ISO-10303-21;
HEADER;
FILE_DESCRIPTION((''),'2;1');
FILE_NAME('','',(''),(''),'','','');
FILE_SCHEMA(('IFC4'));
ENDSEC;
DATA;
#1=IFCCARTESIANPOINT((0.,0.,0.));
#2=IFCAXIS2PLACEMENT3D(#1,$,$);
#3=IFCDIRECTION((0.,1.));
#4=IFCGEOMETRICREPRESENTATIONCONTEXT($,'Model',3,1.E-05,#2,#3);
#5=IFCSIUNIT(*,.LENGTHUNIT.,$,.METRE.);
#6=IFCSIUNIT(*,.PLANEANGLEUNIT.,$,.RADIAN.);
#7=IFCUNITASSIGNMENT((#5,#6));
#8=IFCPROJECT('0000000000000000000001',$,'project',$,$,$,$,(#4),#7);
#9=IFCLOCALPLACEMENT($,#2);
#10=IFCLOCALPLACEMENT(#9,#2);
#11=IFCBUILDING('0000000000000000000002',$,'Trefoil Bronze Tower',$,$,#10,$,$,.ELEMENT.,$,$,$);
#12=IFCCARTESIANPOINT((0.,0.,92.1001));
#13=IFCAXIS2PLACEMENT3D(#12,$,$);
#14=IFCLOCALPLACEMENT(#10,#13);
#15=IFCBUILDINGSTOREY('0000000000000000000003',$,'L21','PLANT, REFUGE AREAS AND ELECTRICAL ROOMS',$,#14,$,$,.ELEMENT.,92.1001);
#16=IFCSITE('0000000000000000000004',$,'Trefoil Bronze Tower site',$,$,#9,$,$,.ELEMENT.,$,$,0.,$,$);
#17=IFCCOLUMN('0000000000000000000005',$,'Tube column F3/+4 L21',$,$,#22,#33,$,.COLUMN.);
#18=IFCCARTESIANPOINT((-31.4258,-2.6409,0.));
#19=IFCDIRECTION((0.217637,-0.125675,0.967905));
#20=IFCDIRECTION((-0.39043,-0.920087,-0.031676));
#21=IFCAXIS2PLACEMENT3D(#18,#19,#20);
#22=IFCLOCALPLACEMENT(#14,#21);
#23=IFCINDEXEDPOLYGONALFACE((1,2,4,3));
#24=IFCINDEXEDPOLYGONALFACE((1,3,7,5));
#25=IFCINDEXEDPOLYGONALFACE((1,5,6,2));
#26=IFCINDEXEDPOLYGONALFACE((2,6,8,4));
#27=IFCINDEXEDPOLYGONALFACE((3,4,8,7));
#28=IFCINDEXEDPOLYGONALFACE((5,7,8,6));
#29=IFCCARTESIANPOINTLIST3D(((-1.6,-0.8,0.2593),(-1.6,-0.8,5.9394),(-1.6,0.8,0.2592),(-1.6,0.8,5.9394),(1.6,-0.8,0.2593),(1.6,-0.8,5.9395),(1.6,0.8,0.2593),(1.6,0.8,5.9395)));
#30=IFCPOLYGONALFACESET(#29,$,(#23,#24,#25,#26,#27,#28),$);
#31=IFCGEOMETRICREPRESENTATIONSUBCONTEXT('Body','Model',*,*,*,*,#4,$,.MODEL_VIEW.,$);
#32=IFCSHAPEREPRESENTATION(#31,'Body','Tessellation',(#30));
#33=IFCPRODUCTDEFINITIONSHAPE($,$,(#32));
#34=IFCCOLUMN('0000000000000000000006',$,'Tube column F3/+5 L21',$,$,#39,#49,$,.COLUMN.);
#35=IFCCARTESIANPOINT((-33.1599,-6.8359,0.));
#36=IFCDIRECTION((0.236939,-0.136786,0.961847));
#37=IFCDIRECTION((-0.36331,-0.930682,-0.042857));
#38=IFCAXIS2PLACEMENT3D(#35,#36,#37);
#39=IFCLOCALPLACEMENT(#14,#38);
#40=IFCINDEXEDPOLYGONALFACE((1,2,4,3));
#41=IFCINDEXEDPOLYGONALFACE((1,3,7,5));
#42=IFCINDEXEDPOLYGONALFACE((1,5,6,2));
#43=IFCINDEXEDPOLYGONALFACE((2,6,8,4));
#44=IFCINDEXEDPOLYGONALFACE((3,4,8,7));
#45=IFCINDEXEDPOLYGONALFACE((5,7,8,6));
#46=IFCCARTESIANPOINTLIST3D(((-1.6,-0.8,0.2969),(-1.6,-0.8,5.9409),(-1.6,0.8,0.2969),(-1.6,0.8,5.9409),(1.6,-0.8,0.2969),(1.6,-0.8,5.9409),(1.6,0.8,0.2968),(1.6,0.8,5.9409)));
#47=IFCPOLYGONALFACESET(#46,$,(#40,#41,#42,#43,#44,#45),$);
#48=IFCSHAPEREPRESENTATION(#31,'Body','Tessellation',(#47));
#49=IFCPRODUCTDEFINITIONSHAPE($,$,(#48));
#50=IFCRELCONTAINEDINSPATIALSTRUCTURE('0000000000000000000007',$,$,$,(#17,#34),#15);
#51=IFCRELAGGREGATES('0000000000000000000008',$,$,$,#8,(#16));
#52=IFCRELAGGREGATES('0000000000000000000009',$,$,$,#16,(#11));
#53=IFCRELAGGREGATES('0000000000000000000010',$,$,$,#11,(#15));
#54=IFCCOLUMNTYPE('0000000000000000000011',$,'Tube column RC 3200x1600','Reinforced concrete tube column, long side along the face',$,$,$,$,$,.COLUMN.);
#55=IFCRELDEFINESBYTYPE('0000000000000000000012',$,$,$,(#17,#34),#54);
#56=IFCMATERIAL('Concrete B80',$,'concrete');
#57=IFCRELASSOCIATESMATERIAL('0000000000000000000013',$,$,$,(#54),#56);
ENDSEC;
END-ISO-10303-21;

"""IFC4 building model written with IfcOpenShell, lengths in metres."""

from ifc_helpers import new_model, si_unit, direction, frame, origin, origin_2d, place, context, subcontext, project, spatial, rectangle, extrude, clip, halfspace, material, material_profile, profile_set, type_object, element, save


model = new_model("IFC4")

# Units and contexts
model_context = context("Model", 3, precision=1e-05, world=origin(), true_north=direction((0.0, 1.0)))
body_context = subcontext(model_context, "Body", "Model", "MODEL_VIEW")
ifc_project = project(units=[si_unit("LENGTHUNIT", "METRE"), si_unit("PLANEANGLEUNIT", "RADIAN")], contexts=[model_context])

# Site, building, storey
site_placement = place(None, origin())
site = spatial("IfcSite", under=ifc_project, at=site_placement, Name="Trefoil Bronze Tower site", CompositionType="ELEMENT", RefElevation=0.0)
building_placement = place(site_placement, origin())
building = spatial("IfcBuilding", under=site, at=building_placement, Name="Trefoil Bronze Tower", CompositionType="ELEMENT")
storey_placement = place(building_placement, frame((0.0, 0.0, 92.1001)))
storey = spatial("IfcBuildingStorey", under=building, at=storey_placement, Name="L21", Description="PLANT, REFUGE AREAS AND ELECTRICAL ROOMS", CompositionType="ELEMENT", Elevation=92.1001)

# Columns
ifc_material_1 = material(Name="Concrete B80", Category="concrete")
ifc_material_profile_1 = material_profile(ifc_material_1, rectangle(XDim=3.2, YDim=1.6001, at=origin_2d()), Name="RC 3200x1600")
ifc_profile_set_1 = profile_set([ifc_material_profile_1], Name="Concrete B80")
column_type = type_object("IfcColumnType", Name="Tube column RC 3200x1600", Description="Reinforced concrete tube column, long side along the face", PredefinedType="COLUMN", material=ifc_profile_set_1)
column_1_placement = place(storey_placement, frame((-31.4258, -2.6409, 0.0), z_axis=(0.217637, -0.125675, 0.967905), x_axis=(-0.39043, -0.920087, -0.031676)))
element("IfcColumn", 1, at=column_1_placement, inside=storey, type_object=column_type, Name="Tube column F3/+4 L21", PredefinedType="COLUMN", context=body_context, shape_type="Clipping", body=[
    clip(clip(extrude(rectangle(XDim=3.2, YDim=1.6001, at=origin_2d()), origin(), (0.0, 0.0, 1.0), 6.199), halfspace(frame((0.0, 0.0, 0.2593), z_axis=(-0.000016, 0.000025, 1.0), x_axis=(0.0, 1.0, -0.000025)), True)), halfspace(frame((0.0, 0.0, 5.9395), z_axis=(0.000016, -0.000025, -1.0), x_axis=(0.0, -1.0, 0.000025)), True)),
])
column_2_placement = place(storey_placement, frame((-33.1599, -6.8359, 0.0), z_axis=(0.236939, -0.136786, 0.961847), x_axis=(-0.36331, -0.930682, -0.042857)))
element("IfcColumn", 2, at=column_2_placement, inside=storey, type_object=column_type, Name="Tube column F3/+5 L21", PredefinedType="COLUMN", context=body_context, shape_type="Clipping", body=[
    clip(clip(extrude(rectangle(XDim=3.2, YDim=1.6001, at=origin_2d()), origin(), (0.0, 0.0, 1.0), 6.238), halfspace(frame((0.0, 0.0, 0.2969), z_axis=(0.000012, 0.000014, 1.0), x_axis=(0.0, 1.0, -0.000014)), True)), halfspace(frame((0.0, 0.0002, 5.9409), z_axis=(-0.000012, -0.000014, -1.0), x_axis=(0.0, -1.0, 0.000014)), True)),
])

save(model, "model.ifc")
